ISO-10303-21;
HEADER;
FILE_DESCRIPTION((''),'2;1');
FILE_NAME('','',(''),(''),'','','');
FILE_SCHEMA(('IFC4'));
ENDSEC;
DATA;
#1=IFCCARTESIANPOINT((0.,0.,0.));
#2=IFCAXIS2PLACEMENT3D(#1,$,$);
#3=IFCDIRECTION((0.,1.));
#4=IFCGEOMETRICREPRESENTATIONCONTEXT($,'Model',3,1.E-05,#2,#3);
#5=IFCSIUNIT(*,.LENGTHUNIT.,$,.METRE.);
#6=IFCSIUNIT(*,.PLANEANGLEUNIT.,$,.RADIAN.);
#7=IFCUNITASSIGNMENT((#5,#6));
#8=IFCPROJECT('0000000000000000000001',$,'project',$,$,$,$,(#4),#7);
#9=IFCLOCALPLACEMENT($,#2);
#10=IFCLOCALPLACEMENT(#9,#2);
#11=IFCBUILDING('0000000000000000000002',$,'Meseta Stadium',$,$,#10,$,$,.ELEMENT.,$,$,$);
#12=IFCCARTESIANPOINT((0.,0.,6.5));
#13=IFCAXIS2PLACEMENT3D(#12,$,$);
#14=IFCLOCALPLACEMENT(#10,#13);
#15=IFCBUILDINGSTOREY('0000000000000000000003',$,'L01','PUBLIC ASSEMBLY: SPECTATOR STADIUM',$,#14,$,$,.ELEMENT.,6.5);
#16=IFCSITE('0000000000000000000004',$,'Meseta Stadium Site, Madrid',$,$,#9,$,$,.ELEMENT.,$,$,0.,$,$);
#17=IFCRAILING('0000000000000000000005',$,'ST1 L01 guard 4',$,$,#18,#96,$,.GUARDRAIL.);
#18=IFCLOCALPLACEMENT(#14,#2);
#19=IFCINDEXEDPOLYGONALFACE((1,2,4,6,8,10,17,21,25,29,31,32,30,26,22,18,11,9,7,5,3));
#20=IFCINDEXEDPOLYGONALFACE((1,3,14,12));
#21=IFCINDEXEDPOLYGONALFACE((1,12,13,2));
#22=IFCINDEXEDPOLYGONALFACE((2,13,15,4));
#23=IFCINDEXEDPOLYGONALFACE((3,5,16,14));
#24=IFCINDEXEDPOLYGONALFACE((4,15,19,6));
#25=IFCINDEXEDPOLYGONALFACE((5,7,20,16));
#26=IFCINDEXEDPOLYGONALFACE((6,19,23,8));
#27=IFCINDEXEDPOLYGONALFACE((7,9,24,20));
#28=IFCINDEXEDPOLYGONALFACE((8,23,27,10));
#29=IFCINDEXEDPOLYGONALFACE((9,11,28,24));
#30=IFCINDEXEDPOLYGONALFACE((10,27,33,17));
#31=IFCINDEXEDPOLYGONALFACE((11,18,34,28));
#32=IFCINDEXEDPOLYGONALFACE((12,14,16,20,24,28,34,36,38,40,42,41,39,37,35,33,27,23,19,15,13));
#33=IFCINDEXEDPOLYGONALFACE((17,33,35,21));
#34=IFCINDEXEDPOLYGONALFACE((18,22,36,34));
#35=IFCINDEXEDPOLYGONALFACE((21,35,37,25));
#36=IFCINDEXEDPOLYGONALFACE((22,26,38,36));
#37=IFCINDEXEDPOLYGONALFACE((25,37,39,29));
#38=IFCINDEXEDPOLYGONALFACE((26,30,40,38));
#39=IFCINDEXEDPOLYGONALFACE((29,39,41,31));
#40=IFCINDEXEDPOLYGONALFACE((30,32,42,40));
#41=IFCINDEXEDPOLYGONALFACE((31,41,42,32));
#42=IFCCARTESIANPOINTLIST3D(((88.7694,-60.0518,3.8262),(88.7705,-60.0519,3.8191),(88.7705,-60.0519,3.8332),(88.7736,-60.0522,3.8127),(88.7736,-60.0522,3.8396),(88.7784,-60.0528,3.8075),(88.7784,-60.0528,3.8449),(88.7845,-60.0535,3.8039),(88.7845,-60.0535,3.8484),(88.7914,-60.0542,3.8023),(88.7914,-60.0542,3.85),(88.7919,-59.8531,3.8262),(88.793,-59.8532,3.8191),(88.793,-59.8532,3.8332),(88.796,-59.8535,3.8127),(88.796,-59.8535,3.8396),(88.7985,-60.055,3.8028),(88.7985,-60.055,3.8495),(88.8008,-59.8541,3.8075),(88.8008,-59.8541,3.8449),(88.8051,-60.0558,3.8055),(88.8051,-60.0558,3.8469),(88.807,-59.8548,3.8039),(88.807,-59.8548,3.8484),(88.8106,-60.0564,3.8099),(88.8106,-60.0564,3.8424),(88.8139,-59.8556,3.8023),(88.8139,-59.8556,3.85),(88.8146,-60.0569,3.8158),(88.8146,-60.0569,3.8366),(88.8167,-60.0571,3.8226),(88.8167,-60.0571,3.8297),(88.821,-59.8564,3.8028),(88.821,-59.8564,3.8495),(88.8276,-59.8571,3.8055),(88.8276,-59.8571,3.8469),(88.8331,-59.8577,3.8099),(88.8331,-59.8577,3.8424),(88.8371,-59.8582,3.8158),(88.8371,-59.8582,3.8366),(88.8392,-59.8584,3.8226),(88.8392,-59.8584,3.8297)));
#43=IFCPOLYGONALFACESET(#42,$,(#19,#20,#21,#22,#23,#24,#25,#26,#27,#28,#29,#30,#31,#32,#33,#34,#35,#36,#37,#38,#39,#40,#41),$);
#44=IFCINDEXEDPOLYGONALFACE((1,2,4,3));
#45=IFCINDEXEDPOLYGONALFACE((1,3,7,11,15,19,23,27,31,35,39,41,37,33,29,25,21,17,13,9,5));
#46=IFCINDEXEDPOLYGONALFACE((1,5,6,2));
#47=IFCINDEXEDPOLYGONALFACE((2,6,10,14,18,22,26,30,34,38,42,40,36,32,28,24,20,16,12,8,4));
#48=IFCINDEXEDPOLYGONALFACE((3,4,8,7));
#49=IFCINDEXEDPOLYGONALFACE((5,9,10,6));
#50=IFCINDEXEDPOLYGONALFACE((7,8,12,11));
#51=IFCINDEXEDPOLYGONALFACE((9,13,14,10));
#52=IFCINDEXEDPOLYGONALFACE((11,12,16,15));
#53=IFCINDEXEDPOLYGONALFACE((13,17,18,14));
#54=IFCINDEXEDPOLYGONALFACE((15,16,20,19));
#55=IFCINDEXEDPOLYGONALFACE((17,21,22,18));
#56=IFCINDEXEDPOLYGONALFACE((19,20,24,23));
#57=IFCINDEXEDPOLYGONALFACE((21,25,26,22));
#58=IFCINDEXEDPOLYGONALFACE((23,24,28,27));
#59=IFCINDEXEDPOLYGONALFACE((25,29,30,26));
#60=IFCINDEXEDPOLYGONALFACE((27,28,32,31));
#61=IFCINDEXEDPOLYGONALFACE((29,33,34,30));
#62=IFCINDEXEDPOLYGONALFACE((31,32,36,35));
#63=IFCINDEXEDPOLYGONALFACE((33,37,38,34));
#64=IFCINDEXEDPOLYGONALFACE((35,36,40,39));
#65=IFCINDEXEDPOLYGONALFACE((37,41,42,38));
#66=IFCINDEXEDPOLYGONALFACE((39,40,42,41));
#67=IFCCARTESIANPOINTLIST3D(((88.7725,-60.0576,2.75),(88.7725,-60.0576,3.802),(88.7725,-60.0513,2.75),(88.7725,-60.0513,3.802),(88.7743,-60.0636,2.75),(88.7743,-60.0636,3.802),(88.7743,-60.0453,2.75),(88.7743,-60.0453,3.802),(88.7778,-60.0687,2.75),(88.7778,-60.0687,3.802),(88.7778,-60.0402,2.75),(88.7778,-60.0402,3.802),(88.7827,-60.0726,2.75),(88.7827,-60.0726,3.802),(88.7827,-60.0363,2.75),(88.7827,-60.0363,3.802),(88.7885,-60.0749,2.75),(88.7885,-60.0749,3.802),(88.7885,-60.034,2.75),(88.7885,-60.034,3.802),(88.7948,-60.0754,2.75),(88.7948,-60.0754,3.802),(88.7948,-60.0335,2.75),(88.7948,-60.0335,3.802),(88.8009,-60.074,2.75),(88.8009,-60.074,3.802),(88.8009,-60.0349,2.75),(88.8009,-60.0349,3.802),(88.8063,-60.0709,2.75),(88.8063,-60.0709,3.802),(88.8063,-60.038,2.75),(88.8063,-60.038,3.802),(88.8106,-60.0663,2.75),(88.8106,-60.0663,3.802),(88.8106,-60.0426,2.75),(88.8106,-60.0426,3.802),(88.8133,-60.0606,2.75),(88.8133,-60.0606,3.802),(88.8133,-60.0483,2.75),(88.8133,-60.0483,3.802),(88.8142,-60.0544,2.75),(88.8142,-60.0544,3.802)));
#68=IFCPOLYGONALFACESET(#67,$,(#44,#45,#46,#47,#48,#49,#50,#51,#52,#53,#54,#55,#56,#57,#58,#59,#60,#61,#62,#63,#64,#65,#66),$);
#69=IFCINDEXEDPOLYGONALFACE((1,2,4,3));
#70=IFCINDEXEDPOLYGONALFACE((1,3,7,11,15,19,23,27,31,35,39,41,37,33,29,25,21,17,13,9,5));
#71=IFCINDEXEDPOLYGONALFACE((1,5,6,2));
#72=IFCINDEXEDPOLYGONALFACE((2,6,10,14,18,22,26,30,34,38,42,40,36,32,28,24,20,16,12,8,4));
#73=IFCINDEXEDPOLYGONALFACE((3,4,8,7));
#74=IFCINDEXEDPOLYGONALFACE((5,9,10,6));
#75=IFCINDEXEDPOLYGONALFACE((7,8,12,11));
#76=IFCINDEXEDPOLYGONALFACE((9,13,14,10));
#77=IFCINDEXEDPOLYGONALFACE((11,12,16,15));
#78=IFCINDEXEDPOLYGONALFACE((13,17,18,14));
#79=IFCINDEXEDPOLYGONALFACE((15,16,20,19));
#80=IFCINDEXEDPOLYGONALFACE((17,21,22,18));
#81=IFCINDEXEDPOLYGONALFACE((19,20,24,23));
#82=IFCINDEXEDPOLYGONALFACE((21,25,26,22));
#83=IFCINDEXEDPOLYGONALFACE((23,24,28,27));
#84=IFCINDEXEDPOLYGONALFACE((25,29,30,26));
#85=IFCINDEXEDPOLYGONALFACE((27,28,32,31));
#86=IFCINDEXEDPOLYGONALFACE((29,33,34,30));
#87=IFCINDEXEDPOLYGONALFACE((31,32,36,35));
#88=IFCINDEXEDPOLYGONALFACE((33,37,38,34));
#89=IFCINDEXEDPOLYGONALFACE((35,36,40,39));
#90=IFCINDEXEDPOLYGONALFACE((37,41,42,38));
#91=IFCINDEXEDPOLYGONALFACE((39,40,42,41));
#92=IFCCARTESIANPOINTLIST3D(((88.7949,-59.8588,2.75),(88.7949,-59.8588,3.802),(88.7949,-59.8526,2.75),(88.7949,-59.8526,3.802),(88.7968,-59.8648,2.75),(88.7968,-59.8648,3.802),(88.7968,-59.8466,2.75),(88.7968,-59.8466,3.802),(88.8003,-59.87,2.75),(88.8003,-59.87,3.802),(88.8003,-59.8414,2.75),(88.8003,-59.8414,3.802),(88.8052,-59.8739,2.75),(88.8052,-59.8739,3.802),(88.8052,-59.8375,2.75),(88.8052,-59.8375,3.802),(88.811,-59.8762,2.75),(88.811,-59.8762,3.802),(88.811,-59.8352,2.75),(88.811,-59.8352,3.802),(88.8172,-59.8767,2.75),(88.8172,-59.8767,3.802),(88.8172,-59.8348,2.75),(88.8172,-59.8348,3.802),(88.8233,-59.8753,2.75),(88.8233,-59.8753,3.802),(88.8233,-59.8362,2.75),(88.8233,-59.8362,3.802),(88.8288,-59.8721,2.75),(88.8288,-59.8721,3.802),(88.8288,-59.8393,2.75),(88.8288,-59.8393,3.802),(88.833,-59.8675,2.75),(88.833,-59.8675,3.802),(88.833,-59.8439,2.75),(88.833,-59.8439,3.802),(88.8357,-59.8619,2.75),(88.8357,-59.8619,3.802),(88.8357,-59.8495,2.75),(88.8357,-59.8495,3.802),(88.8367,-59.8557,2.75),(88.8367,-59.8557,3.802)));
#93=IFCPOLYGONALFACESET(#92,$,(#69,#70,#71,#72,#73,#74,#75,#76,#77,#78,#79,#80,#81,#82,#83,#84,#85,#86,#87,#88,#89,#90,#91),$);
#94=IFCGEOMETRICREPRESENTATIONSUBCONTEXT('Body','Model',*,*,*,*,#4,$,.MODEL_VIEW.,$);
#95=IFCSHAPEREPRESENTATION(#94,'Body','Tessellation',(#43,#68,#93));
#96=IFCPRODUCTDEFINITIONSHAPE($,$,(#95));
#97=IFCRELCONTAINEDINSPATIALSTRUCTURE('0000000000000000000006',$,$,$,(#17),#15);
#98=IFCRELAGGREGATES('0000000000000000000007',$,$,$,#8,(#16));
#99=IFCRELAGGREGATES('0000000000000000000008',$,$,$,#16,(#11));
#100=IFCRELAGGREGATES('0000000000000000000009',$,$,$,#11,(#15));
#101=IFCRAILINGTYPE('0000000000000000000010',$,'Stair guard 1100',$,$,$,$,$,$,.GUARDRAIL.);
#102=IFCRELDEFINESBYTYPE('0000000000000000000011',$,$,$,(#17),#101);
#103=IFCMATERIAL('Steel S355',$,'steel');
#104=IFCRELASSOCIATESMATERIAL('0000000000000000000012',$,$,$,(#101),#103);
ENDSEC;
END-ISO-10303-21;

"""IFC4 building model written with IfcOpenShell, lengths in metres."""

from ifc_helpers import new_model, si_unit, direction, frame, origin, origin_2d, place, context, subcontext, project, spatial, circle, extrude, material, type_object, element, save


model = new_model("IFC4")

# Units and contexts
model_context = context("Model", 3, precision=1e-05, world=origin(), true_north=direction((0.0, 1.0)))
body_context = subcontext(model_context, "Body", "Model", "MODEL_VIEW")
ifc_project = project(units=[si_unit("LENGTHUNIT", "METRE"), si_unit("PLANEANGLEUNIT", "RADIAN")], contexts=[model_context])

# Site, building, storey
site_placement = place(None, origin())
site = spatial("IfcSite", under=ifc_project, at=site_placement, Name="Meseta Stadium Site, Madrid", CompositionType="ELEMENT", RefElevation=0.0)
building_placement = place(site_placement, origin())
building = spatial("IfcBuilding", under=site, at=building_placement, Name="Meseta Stadium", CompositionType="ELEMENT")
storey_placement = place(building_placement, frame((0.0, 0.0, 6.5)))
storey = spatial("IfcBuildingStorey", under=building, at=storey_placement, Name="L01", Description="PUBLIC ASSEMBLY: SPECTATOR STADIUM", CompositionType="ELEMENT", Elevation=6.5)

# Railing
ifc_material_1 = material(Name="Steel S355", Category="steel")
railing_type_1 = type_object("IfcRailingType", Name="Stair guard 1100", PredefinedType="GUARDRAIL", material=ifc_material_1)
railing_1_placement = place(storey_placement, frame((88.7932, -60.0544, 2.75)))
element("IfcRailing", 1, at=railing_1_placement, inside=storey, type_object=railing_type_1, Name="ST1 L01 guard 4", PredefinedType="GUARDRAIL", context=body_context, shape_type="SweptSolid", body=[
    extrude(circle(Radius=0.0239, at=origin_2d()), frame((0.0, 0.0, 1.0762), z_axis=(0.112307, 0.993674, 0.0), x_axis=(-0.993674, 0.112307, 0.0)), (0.0, 0.0, 1.0), 0.2),
    extrude(circle(Radius=0.021, at=origin_2d()), origin(), (0.0, 0.0, 1.0), 1.052),
    extrude(circle(Radius=0.021, at=origin_2d()), frame((0.0225, 0.1987, 0.0)), (0.0, 0.0, 1.0), 1.052),
])

save(model, "model.ifc")
